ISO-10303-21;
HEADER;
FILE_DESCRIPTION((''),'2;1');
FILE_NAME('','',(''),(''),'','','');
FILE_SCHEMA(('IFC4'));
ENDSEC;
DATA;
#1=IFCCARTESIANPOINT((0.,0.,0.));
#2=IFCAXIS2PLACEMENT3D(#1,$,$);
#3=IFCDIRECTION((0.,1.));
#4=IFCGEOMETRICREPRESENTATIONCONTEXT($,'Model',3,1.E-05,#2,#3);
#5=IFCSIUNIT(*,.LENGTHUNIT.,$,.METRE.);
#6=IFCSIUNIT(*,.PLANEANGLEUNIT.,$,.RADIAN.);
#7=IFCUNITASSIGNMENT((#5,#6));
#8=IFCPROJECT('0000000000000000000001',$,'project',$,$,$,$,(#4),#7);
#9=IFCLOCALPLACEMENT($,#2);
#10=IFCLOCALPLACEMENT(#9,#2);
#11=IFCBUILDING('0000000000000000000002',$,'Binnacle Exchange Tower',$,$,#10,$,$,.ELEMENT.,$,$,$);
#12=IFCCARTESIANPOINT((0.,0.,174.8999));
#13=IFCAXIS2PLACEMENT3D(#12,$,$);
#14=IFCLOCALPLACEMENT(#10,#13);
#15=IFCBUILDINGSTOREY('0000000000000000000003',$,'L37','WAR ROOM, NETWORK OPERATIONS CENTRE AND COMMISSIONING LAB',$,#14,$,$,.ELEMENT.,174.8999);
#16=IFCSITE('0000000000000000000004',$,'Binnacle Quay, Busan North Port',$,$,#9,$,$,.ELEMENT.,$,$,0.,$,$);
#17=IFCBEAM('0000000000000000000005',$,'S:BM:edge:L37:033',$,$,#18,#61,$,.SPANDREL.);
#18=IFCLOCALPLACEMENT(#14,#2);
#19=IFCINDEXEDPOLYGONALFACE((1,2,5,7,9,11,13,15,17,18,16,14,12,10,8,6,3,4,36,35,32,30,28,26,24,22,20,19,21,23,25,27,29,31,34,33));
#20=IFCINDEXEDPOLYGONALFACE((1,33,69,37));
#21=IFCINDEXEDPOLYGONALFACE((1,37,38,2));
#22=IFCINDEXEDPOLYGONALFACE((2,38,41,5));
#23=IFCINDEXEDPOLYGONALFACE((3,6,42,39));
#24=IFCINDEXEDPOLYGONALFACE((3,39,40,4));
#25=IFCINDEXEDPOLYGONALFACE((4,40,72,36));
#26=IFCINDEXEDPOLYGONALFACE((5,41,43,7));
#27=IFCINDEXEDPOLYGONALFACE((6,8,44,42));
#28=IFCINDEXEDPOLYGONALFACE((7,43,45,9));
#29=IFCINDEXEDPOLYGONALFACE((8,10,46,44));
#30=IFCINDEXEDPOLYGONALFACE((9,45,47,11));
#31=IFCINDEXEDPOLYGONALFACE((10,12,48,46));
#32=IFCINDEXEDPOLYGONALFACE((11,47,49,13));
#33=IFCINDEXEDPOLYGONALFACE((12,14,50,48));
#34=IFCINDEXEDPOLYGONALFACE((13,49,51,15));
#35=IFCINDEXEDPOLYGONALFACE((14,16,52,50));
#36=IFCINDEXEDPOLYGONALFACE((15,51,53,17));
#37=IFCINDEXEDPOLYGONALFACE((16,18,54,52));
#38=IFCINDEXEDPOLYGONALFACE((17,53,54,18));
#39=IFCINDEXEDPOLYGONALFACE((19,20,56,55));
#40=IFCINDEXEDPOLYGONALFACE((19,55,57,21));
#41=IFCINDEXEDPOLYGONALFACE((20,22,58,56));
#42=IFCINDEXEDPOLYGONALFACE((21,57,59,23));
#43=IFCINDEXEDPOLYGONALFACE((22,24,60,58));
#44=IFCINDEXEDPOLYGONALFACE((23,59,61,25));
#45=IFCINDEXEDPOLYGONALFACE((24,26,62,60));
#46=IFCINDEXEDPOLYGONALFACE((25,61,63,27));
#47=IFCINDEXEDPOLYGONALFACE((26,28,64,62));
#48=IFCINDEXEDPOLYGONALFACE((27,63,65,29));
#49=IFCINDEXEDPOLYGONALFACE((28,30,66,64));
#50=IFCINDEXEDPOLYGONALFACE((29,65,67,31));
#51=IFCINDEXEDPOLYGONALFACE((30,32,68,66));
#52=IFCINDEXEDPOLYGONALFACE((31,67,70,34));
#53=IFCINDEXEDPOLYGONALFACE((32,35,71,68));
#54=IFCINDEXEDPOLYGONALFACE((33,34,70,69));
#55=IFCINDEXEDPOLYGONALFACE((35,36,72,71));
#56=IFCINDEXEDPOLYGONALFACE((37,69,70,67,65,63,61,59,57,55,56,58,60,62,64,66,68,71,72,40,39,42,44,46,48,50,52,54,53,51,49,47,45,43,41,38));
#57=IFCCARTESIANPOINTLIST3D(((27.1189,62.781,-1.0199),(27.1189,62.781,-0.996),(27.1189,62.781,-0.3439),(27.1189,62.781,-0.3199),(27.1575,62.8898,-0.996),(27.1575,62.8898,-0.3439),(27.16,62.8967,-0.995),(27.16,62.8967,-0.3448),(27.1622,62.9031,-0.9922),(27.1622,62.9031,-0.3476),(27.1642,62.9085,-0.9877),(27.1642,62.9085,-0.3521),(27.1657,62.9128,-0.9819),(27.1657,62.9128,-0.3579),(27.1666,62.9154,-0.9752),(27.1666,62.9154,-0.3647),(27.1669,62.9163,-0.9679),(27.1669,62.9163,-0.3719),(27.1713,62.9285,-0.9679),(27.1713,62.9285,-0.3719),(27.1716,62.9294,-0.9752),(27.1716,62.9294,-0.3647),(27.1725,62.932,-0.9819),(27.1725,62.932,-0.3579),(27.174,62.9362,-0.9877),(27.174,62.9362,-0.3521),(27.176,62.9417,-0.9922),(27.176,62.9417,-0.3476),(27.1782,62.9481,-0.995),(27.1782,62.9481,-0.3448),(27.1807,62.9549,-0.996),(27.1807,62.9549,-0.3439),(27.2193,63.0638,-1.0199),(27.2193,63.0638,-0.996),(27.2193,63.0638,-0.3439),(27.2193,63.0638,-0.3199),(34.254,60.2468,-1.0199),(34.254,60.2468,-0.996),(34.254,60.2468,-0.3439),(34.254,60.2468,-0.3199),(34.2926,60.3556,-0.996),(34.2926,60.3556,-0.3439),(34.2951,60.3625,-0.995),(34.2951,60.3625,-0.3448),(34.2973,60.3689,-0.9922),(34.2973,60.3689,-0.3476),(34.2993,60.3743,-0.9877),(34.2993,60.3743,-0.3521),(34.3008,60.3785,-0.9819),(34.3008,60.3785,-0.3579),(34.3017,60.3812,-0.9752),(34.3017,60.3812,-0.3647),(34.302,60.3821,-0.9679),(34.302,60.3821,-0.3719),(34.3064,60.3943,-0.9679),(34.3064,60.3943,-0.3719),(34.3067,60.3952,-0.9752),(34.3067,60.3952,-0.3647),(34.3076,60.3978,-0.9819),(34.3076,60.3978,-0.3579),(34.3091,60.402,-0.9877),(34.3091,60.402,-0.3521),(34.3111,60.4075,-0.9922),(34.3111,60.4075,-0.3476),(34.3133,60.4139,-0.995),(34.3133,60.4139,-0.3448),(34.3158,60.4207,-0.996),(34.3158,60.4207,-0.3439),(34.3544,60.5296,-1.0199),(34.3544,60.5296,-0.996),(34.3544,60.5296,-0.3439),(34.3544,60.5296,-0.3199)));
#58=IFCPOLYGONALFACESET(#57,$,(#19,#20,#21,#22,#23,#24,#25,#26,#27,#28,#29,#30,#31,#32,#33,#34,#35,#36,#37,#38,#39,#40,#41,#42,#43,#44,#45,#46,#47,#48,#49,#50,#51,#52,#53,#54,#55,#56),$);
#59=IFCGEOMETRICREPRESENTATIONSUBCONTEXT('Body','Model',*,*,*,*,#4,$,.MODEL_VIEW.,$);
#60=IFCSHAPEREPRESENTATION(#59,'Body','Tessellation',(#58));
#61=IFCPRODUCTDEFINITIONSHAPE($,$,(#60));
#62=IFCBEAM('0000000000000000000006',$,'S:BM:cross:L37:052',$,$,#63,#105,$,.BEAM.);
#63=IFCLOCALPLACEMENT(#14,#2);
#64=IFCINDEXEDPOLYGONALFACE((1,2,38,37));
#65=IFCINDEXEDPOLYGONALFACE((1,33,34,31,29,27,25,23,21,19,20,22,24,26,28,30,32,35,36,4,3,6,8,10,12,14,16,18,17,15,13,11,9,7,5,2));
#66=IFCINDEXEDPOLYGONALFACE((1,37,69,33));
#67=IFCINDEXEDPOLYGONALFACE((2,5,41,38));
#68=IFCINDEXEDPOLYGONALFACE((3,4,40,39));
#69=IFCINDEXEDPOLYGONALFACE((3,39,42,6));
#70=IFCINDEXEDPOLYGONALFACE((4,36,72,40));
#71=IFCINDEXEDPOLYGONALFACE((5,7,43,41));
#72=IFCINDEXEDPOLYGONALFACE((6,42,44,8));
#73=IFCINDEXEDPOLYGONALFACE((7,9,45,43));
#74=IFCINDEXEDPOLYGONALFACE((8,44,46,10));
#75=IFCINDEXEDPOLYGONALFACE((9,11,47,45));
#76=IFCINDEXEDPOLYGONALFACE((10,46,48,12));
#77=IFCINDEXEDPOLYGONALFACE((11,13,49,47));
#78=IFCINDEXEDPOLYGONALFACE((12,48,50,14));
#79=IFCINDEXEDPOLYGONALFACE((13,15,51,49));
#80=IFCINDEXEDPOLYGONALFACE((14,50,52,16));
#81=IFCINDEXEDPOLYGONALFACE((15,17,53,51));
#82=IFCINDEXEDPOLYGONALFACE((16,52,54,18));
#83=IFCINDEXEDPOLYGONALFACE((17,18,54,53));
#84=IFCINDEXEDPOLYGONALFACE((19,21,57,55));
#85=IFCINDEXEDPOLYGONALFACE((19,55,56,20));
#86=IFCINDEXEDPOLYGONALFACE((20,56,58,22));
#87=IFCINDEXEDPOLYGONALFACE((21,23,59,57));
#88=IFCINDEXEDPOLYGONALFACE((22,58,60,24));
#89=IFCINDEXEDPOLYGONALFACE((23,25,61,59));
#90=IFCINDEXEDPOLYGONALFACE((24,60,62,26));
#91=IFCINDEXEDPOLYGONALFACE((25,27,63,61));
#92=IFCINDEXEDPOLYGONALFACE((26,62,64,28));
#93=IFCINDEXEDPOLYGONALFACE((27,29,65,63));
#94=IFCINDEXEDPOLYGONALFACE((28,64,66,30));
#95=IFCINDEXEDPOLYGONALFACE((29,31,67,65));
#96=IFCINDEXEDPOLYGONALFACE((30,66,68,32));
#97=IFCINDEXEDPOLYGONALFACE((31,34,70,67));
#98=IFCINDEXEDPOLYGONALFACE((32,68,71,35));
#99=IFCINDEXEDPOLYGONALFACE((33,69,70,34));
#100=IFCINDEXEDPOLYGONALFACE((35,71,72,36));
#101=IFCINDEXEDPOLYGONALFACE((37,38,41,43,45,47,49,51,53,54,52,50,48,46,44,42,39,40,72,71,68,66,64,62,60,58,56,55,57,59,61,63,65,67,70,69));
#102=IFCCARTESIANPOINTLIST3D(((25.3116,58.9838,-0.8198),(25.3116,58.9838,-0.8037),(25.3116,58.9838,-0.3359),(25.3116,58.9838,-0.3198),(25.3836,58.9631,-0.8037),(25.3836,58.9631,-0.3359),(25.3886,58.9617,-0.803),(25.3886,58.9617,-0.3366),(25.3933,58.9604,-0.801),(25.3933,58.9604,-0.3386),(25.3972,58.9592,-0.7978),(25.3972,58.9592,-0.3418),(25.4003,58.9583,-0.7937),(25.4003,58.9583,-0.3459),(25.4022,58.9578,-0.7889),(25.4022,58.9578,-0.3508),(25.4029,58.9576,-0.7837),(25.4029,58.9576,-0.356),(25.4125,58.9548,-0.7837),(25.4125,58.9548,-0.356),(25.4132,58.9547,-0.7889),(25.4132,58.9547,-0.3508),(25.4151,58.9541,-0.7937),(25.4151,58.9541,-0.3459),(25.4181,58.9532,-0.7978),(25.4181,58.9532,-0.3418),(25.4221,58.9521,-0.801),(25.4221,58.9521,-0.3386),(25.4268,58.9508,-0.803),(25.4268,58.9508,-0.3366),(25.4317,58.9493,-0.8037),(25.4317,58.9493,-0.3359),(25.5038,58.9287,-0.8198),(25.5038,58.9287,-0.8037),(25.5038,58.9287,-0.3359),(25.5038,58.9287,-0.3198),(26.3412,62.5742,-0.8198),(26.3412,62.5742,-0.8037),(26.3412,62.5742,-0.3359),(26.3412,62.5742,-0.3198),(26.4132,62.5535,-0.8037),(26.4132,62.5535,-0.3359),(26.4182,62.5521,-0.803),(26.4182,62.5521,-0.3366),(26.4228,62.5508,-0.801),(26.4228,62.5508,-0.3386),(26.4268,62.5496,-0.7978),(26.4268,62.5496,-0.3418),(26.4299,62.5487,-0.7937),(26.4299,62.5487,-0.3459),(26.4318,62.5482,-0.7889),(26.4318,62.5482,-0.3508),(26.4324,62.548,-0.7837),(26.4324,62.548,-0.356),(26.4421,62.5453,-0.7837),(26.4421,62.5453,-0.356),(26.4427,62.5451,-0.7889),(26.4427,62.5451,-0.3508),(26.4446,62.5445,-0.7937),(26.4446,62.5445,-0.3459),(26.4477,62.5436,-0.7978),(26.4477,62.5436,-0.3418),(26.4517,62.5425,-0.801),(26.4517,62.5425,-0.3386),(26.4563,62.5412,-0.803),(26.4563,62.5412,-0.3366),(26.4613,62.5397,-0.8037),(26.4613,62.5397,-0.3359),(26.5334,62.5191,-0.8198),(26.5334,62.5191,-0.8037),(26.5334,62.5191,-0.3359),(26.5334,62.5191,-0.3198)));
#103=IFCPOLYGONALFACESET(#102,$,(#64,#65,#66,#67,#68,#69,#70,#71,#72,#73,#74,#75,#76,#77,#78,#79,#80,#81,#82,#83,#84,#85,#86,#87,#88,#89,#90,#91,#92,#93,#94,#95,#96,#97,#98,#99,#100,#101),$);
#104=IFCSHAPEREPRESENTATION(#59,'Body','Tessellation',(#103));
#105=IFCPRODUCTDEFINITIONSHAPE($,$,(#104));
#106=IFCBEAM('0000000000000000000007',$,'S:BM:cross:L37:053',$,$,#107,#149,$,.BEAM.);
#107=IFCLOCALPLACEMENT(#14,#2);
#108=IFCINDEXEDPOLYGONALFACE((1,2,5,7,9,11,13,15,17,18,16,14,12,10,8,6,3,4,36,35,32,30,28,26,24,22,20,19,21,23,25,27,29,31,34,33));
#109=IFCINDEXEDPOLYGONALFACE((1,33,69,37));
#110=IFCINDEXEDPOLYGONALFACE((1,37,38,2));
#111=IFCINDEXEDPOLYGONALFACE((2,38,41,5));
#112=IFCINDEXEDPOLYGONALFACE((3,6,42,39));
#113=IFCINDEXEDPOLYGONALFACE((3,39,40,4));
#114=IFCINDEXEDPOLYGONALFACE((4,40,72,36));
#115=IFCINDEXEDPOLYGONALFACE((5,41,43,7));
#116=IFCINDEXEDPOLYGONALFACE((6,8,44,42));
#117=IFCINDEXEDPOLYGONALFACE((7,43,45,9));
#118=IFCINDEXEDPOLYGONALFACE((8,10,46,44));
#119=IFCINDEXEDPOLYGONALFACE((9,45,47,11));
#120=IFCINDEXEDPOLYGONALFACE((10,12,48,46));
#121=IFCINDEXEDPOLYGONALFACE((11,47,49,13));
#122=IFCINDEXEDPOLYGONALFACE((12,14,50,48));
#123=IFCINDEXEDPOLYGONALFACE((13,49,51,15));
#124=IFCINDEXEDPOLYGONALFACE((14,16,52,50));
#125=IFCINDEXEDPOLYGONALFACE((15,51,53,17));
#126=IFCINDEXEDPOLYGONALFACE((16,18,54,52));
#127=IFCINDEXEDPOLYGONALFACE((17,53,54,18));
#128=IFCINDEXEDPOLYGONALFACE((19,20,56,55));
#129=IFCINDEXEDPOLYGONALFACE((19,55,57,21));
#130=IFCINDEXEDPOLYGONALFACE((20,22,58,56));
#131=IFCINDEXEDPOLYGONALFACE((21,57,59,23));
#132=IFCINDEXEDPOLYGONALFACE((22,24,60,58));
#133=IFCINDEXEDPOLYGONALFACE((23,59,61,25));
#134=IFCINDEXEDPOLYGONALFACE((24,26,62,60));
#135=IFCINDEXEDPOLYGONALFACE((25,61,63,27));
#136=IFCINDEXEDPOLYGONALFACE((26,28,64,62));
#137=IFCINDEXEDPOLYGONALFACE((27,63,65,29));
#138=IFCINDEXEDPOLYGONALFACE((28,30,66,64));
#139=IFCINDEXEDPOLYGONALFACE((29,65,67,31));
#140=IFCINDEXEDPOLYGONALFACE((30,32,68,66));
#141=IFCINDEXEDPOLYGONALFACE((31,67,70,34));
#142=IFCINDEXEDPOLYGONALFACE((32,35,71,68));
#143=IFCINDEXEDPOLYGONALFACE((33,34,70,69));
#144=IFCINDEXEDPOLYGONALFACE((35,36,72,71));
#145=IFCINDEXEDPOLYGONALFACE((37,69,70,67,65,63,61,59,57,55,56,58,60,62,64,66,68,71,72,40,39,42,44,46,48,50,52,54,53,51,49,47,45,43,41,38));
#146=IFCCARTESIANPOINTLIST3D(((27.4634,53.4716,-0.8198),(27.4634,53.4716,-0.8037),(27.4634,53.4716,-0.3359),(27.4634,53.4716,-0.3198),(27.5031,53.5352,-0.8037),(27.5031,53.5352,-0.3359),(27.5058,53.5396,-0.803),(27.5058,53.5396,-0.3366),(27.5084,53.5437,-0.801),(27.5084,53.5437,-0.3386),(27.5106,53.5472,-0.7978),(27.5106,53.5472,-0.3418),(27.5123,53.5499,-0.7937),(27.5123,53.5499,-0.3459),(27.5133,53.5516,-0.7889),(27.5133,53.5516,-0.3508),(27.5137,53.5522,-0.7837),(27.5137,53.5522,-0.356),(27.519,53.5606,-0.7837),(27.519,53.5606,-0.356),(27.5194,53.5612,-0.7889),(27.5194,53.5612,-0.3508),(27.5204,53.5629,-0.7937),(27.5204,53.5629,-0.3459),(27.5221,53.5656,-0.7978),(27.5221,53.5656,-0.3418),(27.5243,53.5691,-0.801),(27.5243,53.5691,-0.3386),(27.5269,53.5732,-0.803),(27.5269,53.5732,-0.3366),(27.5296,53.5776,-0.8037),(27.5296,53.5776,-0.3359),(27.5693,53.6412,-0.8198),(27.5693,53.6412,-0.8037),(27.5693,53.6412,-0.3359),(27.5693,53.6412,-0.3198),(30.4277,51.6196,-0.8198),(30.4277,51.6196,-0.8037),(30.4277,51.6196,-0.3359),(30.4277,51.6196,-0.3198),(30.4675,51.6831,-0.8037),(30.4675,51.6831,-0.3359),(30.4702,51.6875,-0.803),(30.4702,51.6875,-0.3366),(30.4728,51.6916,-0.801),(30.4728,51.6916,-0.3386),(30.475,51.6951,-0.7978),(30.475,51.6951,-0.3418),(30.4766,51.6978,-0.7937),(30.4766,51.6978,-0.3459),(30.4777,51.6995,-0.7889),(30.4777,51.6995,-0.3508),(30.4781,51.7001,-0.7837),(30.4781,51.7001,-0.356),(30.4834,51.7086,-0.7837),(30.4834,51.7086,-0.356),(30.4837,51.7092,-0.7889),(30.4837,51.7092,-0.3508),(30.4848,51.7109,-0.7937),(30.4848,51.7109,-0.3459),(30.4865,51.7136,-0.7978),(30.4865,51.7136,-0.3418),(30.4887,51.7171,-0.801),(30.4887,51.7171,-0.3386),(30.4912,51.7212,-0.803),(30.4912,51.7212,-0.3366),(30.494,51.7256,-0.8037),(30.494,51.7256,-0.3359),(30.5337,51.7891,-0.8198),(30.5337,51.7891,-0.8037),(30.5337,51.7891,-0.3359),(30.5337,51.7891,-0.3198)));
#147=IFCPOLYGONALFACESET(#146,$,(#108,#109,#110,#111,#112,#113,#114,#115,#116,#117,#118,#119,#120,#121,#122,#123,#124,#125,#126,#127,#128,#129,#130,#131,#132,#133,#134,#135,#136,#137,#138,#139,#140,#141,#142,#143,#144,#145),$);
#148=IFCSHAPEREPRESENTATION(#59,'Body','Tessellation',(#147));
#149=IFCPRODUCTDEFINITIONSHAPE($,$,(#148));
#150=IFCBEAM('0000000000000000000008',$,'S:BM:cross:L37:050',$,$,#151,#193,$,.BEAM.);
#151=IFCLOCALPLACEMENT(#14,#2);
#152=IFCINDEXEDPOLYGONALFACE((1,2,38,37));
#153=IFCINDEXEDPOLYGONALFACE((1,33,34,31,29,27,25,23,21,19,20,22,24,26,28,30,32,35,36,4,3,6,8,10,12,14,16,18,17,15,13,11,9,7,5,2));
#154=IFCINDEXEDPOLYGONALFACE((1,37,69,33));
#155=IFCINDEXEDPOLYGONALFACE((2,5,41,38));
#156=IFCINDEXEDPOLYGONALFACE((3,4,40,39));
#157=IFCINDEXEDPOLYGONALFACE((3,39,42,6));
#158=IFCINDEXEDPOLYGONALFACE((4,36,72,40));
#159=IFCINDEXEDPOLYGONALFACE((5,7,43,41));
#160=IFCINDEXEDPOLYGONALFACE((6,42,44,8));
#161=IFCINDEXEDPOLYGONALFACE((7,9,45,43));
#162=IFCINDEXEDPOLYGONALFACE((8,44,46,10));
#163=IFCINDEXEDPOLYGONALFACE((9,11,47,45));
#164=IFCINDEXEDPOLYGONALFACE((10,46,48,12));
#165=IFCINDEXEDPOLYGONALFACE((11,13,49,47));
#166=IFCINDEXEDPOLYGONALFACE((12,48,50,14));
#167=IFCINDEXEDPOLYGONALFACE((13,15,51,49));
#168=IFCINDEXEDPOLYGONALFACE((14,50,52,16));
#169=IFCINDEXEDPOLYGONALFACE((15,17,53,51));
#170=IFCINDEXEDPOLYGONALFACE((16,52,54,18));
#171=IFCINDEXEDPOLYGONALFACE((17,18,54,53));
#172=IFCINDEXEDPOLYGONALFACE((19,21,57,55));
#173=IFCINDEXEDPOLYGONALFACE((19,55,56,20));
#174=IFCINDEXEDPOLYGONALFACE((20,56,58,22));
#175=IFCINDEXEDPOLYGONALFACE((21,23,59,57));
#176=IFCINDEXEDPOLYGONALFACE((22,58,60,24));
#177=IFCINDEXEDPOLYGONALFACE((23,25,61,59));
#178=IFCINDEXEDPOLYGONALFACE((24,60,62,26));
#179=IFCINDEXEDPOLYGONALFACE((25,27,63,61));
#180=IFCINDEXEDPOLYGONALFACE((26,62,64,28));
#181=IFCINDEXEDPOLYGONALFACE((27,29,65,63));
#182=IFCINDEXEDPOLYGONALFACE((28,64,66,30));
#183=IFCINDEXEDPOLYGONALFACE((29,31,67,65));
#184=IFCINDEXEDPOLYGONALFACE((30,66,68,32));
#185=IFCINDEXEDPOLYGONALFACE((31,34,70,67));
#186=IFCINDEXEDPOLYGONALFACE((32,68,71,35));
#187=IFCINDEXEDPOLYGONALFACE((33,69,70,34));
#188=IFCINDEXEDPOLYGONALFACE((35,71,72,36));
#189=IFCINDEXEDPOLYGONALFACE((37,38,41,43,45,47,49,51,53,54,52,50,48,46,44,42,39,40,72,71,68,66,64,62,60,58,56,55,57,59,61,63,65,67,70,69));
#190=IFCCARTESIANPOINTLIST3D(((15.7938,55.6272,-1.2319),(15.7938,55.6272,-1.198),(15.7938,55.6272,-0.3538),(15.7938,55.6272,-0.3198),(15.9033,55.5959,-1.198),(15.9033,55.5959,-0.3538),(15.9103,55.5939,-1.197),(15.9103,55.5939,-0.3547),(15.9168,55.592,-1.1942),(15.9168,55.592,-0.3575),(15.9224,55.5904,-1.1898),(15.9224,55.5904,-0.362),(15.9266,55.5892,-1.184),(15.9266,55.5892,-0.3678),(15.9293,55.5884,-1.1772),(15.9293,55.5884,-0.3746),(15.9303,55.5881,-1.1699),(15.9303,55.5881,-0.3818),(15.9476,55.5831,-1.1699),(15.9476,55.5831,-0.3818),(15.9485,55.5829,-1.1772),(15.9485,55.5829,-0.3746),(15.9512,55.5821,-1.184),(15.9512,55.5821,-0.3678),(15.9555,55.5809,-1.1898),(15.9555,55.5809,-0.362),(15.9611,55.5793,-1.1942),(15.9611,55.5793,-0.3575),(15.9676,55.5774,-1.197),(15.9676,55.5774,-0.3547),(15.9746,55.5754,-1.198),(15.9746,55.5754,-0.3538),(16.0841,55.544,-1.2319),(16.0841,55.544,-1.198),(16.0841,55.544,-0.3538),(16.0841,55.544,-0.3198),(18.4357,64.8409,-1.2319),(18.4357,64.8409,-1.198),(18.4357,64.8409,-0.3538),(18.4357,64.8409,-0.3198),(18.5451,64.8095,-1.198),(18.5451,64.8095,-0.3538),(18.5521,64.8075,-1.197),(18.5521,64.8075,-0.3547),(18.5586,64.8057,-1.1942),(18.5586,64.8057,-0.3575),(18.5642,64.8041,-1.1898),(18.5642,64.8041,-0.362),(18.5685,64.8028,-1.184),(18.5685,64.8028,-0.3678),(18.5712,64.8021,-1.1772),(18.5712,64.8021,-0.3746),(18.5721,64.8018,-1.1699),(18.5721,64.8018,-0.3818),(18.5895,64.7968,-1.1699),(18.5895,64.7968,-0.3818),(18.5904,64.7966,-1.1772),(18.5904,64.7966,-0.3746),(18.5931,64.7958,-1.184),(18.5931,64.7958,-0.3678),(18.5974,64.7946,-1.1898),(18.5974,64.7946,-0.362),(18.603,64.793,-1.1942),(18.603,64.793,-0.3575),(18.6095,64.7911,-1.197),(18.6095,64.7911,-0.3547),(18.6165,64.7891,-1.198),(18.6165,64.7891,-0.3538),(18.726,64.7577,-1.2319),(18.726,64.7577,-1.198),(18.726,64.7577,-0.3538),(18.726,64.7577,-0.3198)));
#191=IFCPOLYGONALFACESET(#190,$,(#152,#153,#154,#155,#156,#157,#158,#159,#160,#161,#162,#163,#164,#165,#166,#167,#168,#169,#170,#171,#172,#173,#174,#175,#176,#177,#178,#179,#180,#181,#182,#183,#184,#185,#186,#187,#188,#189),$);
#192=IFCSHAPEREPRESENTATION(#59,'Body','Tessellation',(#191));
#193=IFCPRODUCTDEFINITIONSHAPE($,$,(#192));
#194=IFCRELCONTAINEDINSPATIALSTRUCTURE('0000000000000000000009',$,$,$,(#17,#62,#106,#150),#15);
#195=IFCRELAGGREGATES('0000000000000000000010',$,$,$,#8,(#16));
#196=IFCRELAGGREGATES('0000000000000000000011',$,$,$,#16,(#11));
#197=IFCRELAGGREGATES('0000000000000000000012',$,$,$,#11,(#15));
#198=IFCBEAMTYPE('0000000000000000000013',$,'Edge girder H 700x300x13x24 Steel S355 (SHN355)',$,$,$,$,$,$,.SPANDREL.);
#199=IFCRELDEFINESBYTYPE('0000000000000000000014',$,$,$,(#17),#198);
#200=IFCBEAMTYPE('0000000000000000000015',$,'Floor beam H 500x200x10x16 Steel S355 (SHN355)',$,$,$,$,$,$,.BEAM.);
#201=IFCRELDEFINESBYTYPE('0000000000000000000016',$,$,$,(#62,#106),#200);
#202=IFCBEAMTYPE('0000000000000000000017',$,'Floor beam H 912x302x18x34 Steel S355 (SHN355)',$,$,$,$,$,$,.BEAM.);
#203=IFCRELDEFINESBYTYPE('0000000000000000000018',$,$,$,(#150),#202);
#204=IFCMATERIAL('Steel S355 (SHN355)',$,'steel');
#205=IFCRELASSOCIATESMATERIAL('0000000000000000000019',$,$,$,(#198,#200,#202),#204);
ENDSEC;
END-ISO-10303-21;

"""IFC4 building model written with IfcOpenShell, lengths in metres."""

from ifc_helpers import new_model, si_unit, direction, frame, origin, origin_2d, place, context, subcontext, project, spatial, i_section, extrude, material, material_profile, profile_set, type_object, element, save


model = new_model("IFC4")

# Units and contexts
model_context = context("Model", 3, precision=1e-05, world=origin(), true_north=direction((0.0, 1.0)))
body_context = subcontext(model_context, "Body", "Model", "MODEL_VIEW")
ifc_project = project(units=[si_unit("LENGTHUNIT", "METRE"), si_unit("PLANEANGLEUNIT", "RADIAN")], contexts=[model_context])

# Site, building, storey
site_placement = place(None, origin())
site = spatial("IfcSite", under=ifc_project, at=site_placement, Name="Binnacle Quay, Busan North Port", CompositionType="ELEMENT", RefElevation=0.0)
building_placement = place(site_placement, origin())
building = spatial("IfcBuilding", under=site, at=building_placement, Name="Binnacle Exchange Tower", CompositionType="ELEMENT")
storey_placement = place(building_placement, frame((0.0, 0.0, 174.8999)))
storey = spatial("IfcBuildingStorey", under=building, at=storey_placement, Name="L37", Description="WAR ROOM, NETWORK OPERATIONS CENTRE AND COMMISSIONING LAB", CompositionType="ELEMENT", Elevation=174.8999)

# Beams
ifc_material_1 = material(Name="Steel S355 (SHN355)", Category="steel")
ifc_material_profile_1 = material_profile(ifc_material_1, i_section(OverallWidth=0.3, OverallDepth=0.7, WebThickness=0.0129, FlangeThickness=0.0239, FilletRadius=0.0281, at=origin_2d()), Name="H 700x300x13x24")
ifc_profile_set_1 = profile_set([ifc_material_profile_1], Name="Steel S355 (SHN355)")
beam_type_1 = type_object("IfcBeamType", Name="Edge girder H 700x300x13x24 Steel S355 (SHN355)", PredefinedType="SPANDREL", material=ifc_profile_set_1)
beam_1_placement = place(storey_placement, frame((34.3042, 60.3882, -0.6699), z_axis=(-0.942328, 0.334692, 0.0), x_axis=(-0.334692, -0.942328, 0.0)))
element("IfcBeam", 1, at=beam_1_placement, inside=storey, type_object=beam_type_1, Name="S:BM:edge:L37:033", PredefinedType="SPANDREL", context=body_context, shape_type="SweptSolid", body=[
    extrude(i_section(OverallWidth=0.3, OverallDepth=0.7, WebThickness=0.0129, FlangeThickness=0.0239, FilletRadius=0.0281, at=origin_2d()), origin(), (0.0, 0.0, 1.0), 7.5718),
])
ifc_material_profile_2 = material_profile(ifc_material_1, i_section(OverallWidth=0.2, OverallDepth=0.5, WebThickness=0.01, FlangeThickness=0.0161, FilletRadius=0.02, at=origin_2d()), Name="H 500x200x10x16")
ifc_profile_set_2 = profile_set([ifc_material_profile_2], Name="Steel S355 (SHN355)")
beam_type_2 = type_object("IfcBeamType", Name="Floor beam H 500x200x10x16 Steel S355 (SHN355)", PredefinedType="BEAM", material=ifc_profile_set_2)
beam_2_placement = place(storey_placement, frame((26.4373, 62.5466, -0.5698), z_axis=(-0.275645, -0.96126, 0.0), x_axis=(0.96126, -0.275645, 0.0)))
element("IfcBeam", 2, at=beam_2_placement, inside=storey, type_object=beam_type_2, Name="S:BM:cross:L37:052", PredefinedType="BEAM", context=body_context, shape_type="SweptSolid", body=[
    extrude(i_section(OverallWidth=0.2, OverallDepth=0.5, WebThickness=0.01, FlangeThickness=0.0161, FilletRadius=0.02, at=origin_2d()), origin(), (0.0, 0.0, 1.0), 3.7351),
])
beam_3_placement = place(storey_placement, frame((30.4807, 51.7043, -0.5698), z_axis=(-0.848085, 0.529861, 0.0), x_axis=(-0.529861, -0.848085, 0.0)))
element("IfcBeam", 3, at=beam_3_placement, inside=storey, type_object=beam_type_2, Name="S:BM:cross:L37:053", PredefinedType="BEAM", context=body_context, shape_type="SweptSolid", body=[
    extrude(i_section(OverallWidth=0.2, OverallDepth=0.5, WebThickness=0.01, FlangeThickness=0.0161, FilletRadius=0.02, at=origin_2d()), origin(), (0.0, 0.0, 1.0), 3.4954),
])
ifc_material_profile_3 = material_profile(ifc_material_1, i_section(OverallWidth=0.302, OverallDepth=0.9121, WebThickness=0.0181, FlangeThickness=0.0339, FilletRadius=0.0281, at=origin_2d()), Name="H 912x302x18x34")
ifc_profile_set_3 = profile_set([ifc_material_profile_3], Name="Steel S355 (SHN355)")
beam_type_3 = type_object("IfcBeamType", Name="Floor beam H 912x302x18x34 Steel S355 (SHN355)", PredefinedType="BEAM", material=ifc_profile_set_3)
beam_4_placement = place(storey_placement, frame((18.5808, 64.7993, -0.7759), z_axis=(-0.275626, -0.961265, 0.0), x_axis=(0.961265, -0.275626, 0.0)))
element("IfcBeam", 4, at=beam_4_placement, inside=storey, type_object=beam_type_3, Name="S:BM:cross:L37:050", PredefinedType="BEAM", context=body_context, shape_type="SweptSolid", body=[
    extrude(i_section(OverallWidth=0.302, OverallDepth=0.9121, WebThickness=0.0181, FlangeThickness=0.0339, FilletRadius=0.0281, at=origin_2d()), origin(), (0.0, 0.0, 1.0), 9.585),
])

save(model, "model.ifc")
